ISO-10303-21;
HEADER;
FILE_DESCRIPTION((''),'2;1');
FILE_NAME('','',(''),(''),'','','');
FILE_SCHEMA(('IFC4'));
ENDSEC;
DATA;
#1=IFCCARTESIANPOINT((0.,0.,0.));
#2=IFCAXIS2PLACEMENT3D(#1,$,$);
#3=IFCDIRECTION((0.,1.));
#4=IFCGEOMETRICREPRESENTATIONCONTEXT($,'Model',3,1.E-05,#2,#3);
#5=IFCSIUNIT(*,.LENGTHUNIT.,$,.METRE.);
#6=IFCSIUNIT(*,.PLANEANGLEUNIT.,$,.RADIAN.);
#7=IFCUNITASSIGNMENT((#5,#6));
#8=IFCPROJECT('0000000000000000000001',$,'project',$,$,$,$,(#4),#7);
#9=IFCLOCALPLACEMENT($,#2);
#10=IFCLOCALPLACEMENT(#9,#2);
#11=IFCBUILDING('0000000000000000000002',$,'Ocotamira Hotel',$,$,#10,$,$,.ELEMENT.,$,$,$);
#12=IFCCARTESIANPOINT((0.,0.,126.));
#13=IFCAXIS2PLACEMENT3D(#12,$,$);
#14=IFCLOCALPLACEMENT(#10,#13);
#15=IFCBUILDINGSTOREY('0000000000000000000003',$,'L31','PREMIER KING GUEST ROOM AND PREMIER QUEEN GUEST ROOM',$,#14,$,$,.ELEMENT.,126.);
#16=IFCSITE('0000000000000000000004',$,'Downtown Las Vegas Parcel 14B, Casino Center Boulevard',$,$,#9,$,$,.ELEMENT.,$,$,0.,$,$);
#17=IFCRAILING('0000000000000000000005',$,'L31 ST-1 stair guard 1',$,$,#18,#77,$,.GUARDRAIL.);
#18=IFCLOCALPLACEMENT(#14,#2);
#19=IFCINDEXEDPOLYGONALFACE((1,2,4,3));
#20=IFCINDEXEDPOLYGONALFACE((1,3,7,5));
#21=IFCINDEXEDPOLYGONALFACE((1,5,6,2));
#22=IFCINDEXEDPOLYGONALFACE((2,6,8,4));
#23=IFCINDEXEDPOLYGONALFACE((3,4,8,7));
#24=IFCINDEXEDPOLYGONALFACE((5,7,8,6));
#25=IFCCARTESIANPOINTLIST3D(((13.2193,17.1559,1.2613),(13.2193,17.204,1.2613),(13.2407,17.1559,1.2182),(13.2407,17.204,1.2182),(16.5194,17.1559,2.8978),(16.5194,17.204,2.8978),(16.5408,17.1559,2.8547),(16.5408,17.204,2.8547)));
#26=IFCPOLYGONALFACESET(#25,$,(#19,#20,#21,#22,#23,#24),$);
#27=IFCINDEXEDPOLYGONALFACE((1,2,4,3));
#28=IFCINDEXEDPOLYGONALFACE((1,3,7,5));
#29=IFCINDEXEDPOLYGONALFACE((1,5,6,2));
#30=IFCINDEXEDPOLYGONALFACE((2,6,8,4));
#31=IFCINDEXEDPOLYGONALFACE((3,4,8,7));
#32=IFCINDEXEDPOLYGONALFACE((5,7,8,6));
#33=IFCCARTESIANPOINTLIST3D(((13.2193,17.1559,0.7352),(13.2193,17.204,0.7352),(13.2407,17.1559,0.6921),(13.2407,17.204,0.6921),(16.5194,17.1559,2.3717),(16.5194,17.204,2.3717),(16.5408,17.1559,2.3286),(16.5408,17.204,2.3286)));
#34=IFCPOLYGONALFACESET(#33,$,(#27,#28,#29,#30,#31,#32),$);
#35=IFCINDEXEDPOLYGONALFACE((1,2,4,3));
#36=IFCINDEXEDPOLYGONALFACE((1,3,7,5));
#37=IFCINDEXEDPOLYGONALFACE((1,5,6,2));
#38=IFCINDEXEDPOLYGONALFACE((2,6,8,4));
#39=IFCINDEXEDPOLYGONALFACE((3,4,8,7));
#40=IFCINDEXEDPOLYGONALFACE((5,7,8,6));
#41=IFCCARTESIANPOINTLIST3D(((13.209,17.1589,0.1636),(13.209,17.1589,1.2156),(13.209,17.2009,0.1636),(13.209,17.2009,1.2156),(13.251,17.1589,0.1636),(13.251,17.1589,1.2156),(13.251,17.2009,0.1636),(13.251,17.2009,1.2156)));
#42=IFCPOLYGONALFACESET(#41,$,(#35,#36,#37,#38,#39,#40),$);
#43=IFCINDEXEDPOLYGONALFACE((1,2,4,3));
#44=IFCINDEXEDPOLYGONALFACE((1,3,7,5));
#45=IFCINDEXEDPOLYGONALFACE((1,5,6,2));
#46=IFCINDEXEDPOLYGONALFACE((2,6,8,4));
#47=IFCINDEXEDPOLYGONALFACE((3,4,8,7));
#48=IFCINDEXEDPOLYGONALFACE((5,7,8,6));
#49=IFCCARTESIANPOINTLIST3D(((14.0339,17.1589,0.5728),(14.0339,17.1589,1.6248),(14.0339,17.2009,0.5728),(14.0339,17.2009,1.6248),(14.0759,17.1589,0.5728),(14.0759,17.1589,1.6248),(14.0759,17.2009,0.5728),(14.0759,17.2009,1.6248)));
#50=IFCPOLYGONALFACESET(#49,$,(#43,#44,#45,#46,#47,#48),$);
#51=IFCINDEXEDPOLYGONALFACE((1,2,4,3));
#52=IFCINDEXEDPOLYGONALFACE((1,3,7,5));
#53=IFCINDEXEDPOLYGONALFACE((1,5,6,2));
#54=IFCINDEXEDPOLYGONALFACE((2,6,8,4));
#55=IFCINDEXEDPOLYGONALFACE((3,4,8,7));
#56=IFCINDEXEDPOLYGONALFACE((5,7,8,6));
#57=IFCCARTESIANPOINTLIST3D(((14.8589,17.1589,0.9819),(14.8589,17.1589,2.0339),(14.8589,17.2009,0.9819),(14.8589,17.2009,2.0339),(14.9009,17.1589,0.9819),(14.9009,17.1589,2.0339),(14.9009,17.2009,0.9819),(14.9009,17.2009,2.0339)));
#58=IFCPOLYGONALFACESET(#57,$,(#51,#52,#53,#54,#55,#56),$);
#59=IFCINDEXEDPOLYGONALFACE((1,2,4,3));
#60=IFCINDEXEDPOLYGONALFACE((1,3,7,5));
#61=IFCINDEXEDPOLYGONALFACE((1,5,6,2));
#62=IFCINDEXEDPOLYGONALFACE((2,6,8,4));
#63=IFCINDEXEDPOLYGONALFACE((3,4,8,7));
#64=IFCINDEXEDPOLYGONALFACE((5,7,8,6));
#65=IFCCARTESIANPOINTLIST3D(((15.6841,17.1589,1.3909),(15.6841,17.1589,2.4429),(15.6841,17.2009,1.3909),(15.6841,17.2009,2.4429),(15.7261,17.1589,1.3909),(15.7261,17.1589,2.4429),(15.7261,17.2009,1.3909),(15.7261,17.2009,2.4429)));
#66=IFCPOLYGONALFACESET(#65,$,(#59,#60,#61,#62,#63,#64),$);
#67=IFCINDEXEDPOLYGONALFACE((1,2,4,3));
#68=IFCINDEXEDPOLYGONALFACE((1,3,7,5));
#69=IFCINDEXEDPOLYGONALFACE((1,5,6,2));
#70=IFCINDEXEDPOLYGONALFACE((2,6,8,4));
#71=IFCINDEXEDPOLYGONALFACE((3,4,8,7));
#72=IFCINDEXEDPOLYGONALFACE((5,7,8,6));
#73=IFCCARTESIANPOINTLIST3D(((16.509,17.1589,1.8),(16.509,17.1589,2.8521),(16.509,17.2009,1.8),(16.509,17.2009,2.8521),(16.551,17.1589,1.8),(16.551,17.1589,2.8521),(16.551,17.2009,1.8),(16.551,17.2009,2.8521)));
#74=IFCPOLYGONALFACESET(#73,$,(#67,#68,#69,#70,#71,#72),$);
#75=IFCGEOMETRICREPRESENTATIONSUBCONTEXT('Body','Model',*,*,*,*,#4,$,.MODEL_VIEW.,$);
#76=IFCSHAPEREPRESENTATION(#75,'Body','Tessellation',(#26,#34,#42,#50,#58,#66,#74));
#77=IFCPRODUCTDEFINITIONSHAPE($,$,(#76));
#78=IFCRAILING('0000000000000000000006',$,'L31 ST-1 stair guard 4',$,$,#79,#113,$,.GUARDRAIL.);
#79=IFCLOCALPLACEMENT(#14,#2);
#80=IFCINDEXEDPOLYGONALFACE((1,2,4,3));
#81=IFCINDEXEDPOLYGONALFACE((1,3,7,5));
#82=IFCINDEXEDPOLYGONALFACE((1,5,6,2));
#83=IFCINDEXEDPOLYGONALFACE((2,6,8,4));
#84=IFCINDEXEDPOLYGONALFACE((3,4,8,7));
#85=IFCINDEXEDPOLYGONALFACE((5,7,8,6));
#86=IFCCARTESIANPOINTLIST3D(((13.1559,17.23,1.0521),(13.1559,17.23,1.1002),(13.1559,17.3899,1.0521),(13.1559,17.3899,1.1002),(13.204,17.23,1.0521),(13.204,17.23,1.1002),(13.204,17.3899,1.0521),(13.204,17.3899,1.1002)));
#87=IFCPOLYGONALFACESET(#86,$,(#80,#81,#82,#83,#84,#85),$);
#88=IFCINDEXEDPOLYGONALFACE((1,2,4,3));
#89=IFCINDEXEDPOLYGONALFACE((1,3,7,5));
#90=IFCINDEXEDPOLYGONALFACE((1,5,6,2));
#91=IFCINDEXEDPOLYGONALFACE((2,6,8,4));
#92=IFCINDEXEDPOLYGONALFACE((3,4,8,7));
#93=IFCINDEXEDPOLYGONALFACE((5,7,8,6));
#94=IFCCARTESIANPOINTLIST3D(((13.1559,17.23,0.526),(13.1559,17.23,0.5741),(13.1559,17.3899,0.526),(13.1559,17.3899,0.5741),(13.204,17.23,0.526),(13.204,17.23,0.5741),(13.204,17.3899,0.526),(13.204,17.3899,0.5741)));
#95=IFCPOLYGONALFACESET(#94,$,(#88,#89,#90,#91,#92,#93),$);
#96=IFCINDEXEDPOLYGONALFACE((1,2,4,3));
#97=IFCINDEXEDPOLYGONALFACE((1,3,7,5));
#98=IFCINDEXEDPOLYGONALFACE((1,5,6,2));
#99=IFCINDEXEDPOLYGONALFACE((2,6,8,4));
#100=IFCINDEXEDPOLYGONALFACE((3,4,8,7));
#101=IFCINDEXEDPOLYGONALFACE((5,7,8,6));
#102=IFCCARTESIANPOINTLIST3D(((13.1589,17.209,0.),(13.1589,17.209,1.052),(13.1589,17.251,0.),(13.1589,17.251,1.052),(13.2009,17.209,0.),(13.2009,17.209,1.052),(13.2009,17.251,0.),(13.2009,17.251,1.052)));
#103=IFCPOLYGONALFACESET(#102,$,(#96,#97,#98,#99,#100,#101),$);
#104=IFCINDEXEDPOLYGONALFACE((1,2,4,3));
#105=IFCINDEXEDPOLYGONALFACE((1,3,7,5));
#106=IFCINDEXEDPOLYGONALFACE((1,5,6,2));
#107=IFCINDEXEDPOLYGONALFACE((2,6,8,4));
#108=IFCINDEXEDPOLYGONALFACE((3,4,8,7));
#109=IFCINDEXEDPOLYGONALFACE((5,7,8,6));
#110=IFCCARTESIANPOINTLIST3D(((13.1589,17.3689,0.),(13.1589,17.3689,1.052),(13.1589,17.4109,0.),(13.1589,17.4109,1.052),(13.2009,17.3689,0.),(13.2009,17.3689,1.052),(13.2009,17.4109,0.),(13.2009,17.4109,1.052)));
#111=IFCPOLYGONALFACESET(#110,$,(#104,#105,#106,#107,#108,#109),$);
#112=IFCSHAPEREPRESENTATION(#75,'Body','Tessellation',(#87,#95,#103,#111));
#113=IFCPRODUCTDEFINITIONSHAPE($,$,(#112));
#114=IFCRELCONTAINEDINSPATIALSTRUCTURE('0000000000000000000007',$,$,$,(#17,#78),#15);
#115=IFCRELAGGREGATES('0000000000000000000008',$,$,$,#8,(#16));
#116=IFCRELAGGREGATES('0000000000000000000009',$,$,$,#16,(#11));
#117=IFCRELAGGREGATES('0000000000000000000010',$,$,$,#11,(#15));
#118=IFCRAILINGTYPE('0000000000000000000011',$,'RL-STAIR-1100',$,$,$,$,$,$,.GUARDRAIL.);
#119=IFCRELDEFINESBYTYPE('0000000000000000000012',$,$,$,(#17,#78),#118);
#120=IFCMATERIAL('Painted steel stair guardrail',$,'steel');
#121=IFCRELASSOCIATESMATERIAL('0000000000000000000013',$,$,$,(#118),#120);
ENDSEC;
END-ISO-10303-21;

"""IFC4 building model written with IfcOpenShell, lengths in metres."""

from ifc_helpers import new_model, si_unit, direction, frame, origin, origin_2d, place, context, subcontext, project, spatial, rectangle, extrude, material, type_object, element, save


model = new_model("IFC4")

# Units and contexts
model_context = context("Model", 3, precision=1e-05, world=origin(), true_north=direction((0.0, 1.0)))
body_context = subcontext(model_context, "Body", "Model", "MODEL_VIEW")
ifc_project = project(units=[si_unit("LENGTHUNIT", "METRE"), si_unit("PLANEANGLEUNIT", "RADIAN")], contexts=[model_context])

# Site, building, storey
site_placement = place(None, origin())
site = spatial("IfcSite", under=ifc_project, at=site_placement, Name="Downtown Las Vegas Parcel 14B, Casino Center Boulevard", CompositionType="ELEMENT", RefElevation=0.0)
building_placement = place(site_placement, origin())
building = spatial("IfcBuilding", under=site, at=building_placement, Name="Ocotamira Hotel", CompositionType="ELEMENT")
storey_placement = place(building_placement, frame((0.0, 0.0, 126.0)))
storey = spatial("IfcBuildingStorey", under=building, at=storey_placement, Name="L31", Description="PREMIER KING GUEST ROOM AND PREMIER QUEEN GUEST ROOM", CompositionType="ELEMENT", Elevation=126.0)

# Railings
ifc_material_1 = material(Name="Painted steel stair guardrail", Category="steel")
railing_type_1 = type_object("IfcRailingType", Name="RL-STAIR-1100", PredefinedType="GUARDRAIL", material=ifc_material_1)
railing_1_placement = place(storey_placement, frame((13.23, 17.1799, 0.1636)))
element("IfcRailing", 1, at=railing_1_placement, inside=storey, type_object=railing_type_1, Name="L31 ST-1 stair guard 1", PredefinedType="GUARDRAIL", context=body_context, shape_type="SweptSolid", body=[
    extrude(rectangle(XDim=0.0481, YDim=0.0481, at=origin_2d()), frame((0.0, 0.0, 1.0762), z_axis=(0.895894, 0.0, 0.444268), x_axis=(0.0, 1.0, 0.0)), (0.0, 0.0, 1.0), 3.6836),
    extrude(rectangle(XDim=0.0481, YDim=0.0481, at=origin_2d()), frame((0.0, 0.0, 0.55), z_axis=(0.895894, 0.0, 0.444268), x_axis=(0.0, 1.0, 0.0)), (0.0, 0.0, 1.0), 3.6836),
    extrude(rectangle(XDim=0.042, YDim=0.042, at=origin_2d()), origin(), (0.0, 0.0, 1.0), 1.052),
    extrude(rectangle(XDim=0.042, YDim=0.042, at=origin_2d()), frame((0.825, 0.0, 0.4092)), (0.0, 0.0, 1.0), 1.052),
    extrude(rectangle(XDim=0.042, YDim=0.042, at=origin_2d()), frame((1.6499, 0.0, 0.8184)), (0.0, 0.0, 1.0), 1.052),
    extrude(rectangle(XDim=0.042, YDim=0.042, at=origin_2d()), frame((2.4751, 0.0, 1.2273)), (0.0, 0.0, 1.0), 1.052),
    extrude(rectangle(XDim=0.042, YDim=0.042, at=origin_2d()), frame((3.3, 0.0, 1.6365)), (0.0, 0.0, 1.0), 1.052),
])
railing_2_placement = place(storey_placement, frame((13.1799, 17.23, 0.0)))
element("IfcRailing", 2, at=railing_2_placement, inside=storey, type_object=railing_type_1, Name="L31 ST-1 stair guard 4", PredefinedType="GUARDRAIL", context=body_context, shape_type="SweptSolid", body=[
    extrude(rectangle(XDim=0.0481, YDim=0.0481, at=origin_2d()), frame((0.0, 0.0, 1.0762), z_axis=(0.0, 1.0, 0.0), x_axis=(-1.0, 0.0, 0.0)), (0.0, 0.0, 1.0), 0.1599),
    extrude(rectangle(XDim=0.0481, YDim=0.0481, at=origin_2d()), frame((0.0, 0.0, 0.55), z_axis=(0.0, 1.0, 0.0), x_axis=(-1.0, 0.0, 0.0)), (0.0, 0.0, 1.0), 0.1599),
    extrude(rectangle(XDim=0.042, YDim=0.042, at=origin_2d()), origin(), (0.0, 0.0, 1.0), 1.052),
    extrude(rectangle(XDim=0.042, YDim=0.042, at=origin_2d()), frame((0.0, 0.1599, 0.0)), (0.0, 0.0, 1.0), 1.052),
])

save(model, "model.ifc")
